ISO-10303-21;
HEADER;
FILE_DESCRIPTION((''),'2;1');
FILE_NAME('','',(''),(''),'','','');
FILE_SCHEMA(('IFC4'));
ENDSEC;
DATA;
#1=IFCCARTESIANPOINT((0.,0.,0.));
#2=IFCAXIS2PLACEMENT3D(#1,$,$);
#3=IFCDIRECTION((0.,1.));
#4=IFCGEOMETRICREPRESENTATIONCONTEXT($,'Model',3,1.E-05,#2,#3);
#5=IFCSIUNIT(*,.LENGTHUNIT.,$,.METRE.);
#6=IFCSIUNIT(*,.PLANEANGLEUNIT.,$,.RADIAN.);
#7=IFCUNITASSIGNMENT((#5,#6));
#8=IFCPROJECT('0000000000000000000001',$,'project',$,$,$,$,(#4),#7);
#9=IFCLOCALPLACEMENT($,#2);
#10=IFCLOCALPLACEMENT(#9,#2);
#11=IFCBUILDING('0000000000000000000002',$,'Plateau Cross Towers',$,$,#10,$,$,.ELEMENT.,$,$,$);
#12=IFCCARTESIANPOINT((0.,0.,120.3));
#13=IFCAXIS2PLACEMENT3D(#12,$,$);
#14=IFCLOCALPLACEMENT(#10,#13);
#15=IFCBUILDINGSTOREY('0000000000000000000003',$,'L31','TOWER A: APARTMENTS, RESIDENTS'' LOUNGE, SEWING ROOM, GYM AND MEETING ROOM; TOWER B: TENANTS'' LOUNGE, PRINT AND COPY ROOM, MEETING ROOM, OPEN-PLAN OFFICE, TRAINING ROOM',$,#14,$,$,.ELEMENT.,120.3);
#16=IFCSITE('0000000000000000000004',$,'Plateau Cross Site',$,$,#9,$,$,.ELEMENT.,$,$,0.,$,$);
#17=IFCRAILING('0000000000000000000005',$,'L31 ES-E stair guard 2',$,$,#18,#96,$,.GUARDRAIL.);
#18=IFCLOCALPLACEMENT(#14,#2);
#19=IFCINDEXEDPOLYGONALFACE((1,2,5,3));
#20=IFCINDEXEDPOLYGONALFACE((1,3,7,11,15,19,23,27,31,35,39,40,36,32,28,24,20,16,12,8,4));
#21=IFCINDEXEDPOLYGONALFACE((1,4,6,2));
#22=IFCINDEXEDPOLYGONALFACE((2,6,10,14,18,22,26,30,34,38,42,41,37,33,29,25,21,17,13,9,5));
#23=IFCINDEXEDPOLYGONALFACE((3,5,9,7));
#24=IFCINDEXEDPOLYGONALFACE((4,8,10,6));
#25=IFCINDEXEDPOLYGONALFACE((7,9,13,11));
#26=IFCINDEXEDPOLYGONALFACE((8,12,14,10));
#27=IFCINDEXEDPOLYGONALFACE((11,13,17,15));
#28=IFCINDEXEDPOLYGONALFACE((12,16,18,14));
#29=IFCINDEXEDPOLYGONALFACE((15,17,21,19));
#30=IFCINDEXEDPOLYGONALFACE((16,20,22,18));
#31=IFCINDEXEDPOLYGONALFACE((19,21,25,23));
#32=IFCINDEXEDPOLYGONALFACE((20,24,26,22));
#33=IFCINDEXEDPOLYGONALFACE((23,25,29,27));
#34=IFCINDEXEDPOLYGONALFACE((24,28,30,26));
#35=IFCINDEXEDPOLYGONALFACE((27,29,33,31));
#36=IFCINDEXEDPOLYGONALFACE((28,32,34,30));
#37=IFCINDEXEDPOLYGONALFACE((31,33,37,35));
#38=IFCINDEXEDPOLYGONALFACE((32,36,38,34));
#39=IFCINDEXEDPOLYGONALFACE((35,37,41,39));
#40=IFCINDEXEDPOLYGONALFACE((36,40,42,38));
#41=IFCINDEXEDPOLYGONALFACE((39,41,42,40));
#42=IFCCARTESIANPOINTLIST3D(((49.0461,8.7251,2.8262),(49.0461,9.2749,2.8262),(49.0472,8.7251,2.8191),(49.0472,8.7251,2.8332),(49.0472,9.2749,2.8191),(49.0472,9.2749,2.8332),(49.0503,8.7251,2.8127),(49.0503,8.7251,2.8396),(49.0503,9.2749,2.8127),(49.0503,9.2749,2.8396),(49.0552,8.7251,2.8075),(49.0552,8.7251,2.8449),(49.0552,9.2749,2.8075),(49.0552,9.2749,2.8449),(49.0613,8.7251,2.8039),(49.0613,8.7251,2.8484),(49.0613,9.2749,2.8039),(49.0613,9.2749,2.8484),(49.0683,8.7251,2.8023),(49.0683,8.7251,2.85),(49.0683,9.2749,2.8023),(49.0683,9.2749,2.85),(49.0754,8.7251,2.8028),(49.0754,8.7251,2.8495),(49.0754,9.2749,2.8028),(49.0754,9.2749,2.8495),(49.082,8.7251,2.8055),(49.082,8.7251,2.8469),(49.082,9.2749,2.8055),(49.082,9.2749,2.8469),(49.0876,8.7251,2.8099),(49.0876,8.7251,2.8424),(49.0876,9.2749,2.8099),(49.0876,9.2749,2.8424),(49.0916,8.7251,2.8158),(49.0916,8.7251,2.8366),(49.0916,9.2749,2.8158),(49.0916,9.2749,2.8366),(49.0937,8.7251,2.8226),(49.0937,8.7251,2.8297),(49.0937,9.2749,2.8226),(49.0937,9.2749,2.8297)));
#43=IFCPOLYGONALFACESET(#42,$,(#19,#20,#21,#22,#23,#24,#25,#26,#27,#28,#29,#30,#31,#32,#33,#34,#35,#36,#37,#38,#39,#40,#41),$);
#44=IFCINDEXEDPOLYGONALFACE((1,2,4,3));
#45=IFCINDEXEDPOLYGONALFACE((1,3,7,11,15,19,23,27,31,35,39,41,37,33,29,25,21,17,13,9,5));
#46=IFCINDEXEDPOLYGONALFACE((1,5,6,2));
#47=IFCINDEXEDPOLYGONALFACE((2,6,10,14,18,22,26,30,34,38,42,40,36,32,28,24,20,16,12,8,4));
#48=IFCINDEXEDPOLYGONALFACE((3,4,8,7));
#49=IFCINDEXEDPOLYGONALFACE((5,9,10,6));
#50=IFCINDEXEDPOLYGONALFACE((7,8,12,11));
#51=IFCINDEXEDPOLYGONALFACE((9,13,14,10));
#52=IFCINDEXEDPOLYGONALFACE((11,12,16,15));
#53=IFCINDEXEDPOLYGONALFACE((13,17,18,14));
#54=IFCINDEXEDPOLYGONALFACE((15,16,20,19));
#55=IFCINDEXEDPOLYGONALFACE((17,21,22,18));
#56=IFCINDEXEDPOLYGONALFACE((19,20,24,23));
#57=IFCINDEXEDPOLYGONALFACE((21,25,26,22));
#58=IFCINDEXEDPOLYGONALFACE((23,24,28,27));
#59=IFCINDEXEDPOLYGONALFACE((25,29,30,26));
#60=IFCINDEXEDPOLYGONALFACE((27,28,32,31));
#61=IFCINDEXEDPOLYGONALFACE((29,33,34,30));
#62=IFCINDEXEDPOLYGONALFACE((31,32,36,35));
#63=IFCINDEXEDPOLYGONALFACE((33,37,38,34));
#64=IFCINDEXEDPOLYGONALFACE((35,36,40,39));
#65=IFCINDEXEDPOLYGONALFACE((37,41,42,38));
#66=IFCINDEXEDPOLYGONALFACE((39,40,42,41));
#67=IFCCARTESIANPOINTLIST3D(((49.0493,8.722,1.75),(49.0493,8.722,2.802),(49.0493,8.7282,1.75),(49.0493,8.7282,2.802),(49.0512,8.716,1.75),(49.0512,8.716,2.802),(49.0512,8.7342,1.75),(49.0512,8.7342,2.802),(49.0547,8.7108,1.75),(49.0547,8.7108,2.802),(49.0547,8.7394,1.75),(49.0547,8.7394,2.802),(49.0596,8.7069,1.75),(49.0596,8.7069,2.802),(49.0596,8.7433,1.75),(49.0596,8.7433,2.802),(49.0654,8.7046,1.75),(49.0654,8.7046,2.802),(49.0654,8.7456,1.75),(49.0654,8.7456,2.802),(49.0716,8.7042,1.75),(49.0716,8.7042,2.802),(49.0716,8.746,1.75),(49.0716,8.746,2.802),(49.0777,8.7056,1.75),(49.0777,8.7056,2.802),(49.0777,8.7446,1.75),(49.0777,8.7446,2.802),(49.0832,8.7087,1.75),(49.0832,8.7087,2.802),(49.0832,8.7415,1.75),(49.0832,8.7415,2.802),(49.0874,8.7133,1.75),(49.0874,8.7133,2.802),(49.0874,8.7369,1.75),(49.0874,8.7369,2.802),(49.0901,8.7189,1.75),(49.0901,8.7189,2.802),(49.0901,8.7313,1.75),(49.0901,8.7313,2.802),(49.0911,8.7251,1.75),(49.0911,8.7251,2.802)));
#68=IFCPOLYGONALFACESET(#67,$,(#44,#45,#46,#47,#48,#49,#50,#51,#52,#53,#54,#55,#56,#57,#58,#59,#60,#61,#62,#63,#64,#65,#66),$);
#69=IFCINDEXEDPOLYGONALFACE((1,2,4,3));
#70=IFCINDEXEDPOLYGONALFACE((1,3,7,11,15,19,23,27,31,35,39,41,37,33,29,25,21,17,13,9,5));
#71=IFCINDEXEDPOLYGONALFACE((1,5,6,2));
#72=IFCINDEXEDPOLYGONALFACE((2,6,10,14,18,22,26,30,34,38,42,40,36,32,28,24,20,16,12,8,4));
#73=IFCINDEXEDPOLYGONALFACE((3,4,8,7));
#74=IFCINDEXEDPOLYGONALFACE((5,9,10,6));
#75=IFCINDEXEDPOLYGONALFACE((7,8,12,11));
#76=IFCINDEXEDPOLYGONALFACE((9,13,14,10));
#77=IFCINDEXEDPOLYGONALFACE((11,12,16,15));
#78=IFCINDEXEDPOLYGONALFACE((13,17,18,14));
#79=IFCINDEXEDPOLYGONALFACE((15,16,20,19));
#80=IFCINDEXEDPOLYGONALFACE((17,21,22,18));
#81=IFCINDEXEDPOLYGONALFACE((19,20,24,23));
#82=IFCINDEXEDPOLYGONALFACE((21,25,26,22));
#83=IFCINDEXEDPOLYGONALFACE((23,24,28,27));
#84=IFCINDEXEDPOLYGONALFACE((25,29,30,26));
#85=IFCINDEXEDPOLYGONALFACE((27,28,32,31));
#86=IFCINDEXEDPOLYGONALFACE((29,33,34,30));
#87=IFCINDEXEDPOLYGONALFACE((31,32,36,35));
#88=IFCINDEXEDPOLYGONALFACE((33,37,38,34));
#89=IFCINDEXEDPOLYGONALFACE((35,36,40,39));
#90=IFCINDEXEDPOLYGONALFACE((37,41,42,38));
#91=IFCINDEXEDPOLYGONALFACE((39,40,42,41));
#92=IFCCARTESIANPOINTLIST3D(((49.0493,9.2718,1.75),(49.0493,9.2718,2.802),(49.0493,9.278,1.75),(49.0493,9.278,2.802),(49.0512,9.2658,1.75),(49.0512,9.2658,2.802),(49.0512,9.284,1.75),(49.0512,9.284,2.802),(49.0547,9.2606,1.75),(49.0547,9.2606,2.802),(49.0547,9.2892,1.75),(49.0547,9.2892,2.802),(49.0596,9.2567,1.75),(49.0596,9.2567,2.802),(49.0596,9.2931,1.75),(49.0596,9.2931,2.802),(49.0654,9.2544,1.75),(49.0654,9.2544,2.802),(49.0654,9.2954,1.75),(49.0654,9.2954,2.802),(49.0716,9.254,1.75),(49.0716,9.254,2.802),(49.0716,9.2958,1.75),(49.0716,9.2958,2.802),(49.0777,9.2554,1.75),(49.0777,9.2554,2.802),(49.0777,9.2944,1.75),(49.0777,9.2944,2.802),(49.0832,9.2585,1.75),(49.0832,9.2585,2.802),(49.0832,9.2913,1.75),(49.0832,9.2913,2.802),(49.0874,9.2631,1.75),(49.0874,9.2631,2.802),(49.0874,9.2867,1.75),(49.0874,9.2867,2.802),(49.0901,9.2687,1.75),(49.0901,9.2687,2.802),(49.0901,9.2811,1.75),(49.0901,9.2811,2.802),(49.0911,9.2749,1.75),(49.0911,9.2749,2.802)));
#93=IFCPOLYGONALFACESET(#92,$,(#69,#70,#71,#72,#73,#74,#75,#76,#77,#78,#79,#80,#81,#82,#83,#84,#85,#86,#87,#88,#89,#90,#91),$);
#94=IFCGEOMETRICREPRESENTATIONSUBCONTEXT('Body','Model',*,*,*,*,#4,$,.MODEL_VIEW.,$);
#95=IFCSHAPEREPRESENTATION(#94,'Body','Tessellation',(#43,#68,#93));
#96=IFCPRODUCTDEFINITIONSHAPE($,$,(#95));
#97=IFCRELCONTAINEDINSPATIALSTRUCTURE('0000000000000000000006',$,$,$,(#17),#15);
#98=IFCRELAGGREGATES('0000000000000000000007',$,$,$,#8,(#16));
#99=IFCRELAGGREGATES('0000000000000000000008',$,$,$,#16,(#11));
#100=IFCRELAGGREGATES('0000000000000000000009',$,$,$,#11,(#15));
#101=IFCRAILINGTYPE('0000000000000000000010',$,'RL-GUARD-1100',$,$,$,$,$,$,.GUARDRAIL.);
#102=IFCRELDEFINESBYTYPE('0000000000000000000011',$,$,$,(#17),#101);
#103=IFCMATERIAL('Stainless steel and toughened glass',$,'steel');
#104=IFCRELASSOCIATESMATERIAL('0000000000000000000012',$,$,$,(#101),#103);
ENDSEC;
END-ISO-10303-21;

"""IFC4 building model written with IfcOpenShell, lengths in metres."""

from ifc_helpers import new_model, si_unit, direction, frame, origin, origin_2d, place, context, subcontext, project, spatial, circle, extrude, material, type_object, element, save


model = new_model("IFC4")

# Units and contexts
model_context = context("Model", 3, precision=1e-05, world=origin(), true_north=direction((0.0, 1.0)))
body_context = subcontext(model_context, "Body", "Model", "MODEL_VIEW")
ifc_project = project(units=[si_unit("LENGTHUNIT", "METRE"), si_unit("PLANEANGLEUNIT", "RADIAN")], contexts=[model_context])

# Site, building, storey
site_placement = place(None, origin())
site = spatial("IfcSite", under=ifc_project, at=site_placement, Name="Plateau Cross Site", CompositionType="ELEMENT", RefElevation=0.0)
building_placement = place(site_placement, origin())
building = spatial("IfcBuilding", under=site, at=building_placement, Name="Plateau Cross Towers", CompositionType="ELEMENT")
storey_placement = place(building_placement, frame((0.0, 0.0, 120.3)))
storey = spatial("IfcBuildingStorey", under=building, at=storey_placement, Name="L31", Description="TOWER A: APARTMENTS, RESIDENTS' LOUNGE, SEWING ROOM, GYM AND MEETING ROOM; TOWER B: TENANTS' LOUNGE, PRINT AND COPY ROOM, MEETING ROOM, OPEN-PLAN OFFICE, TRAINING ROOM", CompositionType="ELEMENT", Elevation=120.3)

# Railing
ifc_material_1 = material(Name="Stainless steel and toughened glass", Category="steel")
railing_type_1 = type_object("IfcRailingType", Name="RL-GUARD-1100", PredefinedType="GUARDRAIL", material=ifc_material_1)
railing_1_placement = place(storey_placement, frame((49.0701, 8.7251, 1.75)))
element("IfcRailing", 1, at=railing_1_placement, inside=storey, type_object=railing_type_1, Name="L31 ES-E stair guard 2", PredefinedType="GUARDRAIL", context=body_context, shape_type="SweptSolid", body=[
    extrude(circle(Radius=0.0239, at=origin_2d()), frame((0.0, 0.0, 1.0762), z_axis=(0.0, 1.0, 0.0), x_axis=(-1.0, 0.0, 0.0)), (0.0, 0.0, 1.0), 0.5498),
    extrude(circle(Radius=0.021, at=origin_2d()), origin(), (0.0, 0.0, 1.0), 1.052),
    extrude(circle(Radius=0.021, at=origin_2d()), frame((0.0, 0.5498, 0.0)), (0.0, 0.0, 1.0), 1.052),
])

save(model, "model.ifc")
